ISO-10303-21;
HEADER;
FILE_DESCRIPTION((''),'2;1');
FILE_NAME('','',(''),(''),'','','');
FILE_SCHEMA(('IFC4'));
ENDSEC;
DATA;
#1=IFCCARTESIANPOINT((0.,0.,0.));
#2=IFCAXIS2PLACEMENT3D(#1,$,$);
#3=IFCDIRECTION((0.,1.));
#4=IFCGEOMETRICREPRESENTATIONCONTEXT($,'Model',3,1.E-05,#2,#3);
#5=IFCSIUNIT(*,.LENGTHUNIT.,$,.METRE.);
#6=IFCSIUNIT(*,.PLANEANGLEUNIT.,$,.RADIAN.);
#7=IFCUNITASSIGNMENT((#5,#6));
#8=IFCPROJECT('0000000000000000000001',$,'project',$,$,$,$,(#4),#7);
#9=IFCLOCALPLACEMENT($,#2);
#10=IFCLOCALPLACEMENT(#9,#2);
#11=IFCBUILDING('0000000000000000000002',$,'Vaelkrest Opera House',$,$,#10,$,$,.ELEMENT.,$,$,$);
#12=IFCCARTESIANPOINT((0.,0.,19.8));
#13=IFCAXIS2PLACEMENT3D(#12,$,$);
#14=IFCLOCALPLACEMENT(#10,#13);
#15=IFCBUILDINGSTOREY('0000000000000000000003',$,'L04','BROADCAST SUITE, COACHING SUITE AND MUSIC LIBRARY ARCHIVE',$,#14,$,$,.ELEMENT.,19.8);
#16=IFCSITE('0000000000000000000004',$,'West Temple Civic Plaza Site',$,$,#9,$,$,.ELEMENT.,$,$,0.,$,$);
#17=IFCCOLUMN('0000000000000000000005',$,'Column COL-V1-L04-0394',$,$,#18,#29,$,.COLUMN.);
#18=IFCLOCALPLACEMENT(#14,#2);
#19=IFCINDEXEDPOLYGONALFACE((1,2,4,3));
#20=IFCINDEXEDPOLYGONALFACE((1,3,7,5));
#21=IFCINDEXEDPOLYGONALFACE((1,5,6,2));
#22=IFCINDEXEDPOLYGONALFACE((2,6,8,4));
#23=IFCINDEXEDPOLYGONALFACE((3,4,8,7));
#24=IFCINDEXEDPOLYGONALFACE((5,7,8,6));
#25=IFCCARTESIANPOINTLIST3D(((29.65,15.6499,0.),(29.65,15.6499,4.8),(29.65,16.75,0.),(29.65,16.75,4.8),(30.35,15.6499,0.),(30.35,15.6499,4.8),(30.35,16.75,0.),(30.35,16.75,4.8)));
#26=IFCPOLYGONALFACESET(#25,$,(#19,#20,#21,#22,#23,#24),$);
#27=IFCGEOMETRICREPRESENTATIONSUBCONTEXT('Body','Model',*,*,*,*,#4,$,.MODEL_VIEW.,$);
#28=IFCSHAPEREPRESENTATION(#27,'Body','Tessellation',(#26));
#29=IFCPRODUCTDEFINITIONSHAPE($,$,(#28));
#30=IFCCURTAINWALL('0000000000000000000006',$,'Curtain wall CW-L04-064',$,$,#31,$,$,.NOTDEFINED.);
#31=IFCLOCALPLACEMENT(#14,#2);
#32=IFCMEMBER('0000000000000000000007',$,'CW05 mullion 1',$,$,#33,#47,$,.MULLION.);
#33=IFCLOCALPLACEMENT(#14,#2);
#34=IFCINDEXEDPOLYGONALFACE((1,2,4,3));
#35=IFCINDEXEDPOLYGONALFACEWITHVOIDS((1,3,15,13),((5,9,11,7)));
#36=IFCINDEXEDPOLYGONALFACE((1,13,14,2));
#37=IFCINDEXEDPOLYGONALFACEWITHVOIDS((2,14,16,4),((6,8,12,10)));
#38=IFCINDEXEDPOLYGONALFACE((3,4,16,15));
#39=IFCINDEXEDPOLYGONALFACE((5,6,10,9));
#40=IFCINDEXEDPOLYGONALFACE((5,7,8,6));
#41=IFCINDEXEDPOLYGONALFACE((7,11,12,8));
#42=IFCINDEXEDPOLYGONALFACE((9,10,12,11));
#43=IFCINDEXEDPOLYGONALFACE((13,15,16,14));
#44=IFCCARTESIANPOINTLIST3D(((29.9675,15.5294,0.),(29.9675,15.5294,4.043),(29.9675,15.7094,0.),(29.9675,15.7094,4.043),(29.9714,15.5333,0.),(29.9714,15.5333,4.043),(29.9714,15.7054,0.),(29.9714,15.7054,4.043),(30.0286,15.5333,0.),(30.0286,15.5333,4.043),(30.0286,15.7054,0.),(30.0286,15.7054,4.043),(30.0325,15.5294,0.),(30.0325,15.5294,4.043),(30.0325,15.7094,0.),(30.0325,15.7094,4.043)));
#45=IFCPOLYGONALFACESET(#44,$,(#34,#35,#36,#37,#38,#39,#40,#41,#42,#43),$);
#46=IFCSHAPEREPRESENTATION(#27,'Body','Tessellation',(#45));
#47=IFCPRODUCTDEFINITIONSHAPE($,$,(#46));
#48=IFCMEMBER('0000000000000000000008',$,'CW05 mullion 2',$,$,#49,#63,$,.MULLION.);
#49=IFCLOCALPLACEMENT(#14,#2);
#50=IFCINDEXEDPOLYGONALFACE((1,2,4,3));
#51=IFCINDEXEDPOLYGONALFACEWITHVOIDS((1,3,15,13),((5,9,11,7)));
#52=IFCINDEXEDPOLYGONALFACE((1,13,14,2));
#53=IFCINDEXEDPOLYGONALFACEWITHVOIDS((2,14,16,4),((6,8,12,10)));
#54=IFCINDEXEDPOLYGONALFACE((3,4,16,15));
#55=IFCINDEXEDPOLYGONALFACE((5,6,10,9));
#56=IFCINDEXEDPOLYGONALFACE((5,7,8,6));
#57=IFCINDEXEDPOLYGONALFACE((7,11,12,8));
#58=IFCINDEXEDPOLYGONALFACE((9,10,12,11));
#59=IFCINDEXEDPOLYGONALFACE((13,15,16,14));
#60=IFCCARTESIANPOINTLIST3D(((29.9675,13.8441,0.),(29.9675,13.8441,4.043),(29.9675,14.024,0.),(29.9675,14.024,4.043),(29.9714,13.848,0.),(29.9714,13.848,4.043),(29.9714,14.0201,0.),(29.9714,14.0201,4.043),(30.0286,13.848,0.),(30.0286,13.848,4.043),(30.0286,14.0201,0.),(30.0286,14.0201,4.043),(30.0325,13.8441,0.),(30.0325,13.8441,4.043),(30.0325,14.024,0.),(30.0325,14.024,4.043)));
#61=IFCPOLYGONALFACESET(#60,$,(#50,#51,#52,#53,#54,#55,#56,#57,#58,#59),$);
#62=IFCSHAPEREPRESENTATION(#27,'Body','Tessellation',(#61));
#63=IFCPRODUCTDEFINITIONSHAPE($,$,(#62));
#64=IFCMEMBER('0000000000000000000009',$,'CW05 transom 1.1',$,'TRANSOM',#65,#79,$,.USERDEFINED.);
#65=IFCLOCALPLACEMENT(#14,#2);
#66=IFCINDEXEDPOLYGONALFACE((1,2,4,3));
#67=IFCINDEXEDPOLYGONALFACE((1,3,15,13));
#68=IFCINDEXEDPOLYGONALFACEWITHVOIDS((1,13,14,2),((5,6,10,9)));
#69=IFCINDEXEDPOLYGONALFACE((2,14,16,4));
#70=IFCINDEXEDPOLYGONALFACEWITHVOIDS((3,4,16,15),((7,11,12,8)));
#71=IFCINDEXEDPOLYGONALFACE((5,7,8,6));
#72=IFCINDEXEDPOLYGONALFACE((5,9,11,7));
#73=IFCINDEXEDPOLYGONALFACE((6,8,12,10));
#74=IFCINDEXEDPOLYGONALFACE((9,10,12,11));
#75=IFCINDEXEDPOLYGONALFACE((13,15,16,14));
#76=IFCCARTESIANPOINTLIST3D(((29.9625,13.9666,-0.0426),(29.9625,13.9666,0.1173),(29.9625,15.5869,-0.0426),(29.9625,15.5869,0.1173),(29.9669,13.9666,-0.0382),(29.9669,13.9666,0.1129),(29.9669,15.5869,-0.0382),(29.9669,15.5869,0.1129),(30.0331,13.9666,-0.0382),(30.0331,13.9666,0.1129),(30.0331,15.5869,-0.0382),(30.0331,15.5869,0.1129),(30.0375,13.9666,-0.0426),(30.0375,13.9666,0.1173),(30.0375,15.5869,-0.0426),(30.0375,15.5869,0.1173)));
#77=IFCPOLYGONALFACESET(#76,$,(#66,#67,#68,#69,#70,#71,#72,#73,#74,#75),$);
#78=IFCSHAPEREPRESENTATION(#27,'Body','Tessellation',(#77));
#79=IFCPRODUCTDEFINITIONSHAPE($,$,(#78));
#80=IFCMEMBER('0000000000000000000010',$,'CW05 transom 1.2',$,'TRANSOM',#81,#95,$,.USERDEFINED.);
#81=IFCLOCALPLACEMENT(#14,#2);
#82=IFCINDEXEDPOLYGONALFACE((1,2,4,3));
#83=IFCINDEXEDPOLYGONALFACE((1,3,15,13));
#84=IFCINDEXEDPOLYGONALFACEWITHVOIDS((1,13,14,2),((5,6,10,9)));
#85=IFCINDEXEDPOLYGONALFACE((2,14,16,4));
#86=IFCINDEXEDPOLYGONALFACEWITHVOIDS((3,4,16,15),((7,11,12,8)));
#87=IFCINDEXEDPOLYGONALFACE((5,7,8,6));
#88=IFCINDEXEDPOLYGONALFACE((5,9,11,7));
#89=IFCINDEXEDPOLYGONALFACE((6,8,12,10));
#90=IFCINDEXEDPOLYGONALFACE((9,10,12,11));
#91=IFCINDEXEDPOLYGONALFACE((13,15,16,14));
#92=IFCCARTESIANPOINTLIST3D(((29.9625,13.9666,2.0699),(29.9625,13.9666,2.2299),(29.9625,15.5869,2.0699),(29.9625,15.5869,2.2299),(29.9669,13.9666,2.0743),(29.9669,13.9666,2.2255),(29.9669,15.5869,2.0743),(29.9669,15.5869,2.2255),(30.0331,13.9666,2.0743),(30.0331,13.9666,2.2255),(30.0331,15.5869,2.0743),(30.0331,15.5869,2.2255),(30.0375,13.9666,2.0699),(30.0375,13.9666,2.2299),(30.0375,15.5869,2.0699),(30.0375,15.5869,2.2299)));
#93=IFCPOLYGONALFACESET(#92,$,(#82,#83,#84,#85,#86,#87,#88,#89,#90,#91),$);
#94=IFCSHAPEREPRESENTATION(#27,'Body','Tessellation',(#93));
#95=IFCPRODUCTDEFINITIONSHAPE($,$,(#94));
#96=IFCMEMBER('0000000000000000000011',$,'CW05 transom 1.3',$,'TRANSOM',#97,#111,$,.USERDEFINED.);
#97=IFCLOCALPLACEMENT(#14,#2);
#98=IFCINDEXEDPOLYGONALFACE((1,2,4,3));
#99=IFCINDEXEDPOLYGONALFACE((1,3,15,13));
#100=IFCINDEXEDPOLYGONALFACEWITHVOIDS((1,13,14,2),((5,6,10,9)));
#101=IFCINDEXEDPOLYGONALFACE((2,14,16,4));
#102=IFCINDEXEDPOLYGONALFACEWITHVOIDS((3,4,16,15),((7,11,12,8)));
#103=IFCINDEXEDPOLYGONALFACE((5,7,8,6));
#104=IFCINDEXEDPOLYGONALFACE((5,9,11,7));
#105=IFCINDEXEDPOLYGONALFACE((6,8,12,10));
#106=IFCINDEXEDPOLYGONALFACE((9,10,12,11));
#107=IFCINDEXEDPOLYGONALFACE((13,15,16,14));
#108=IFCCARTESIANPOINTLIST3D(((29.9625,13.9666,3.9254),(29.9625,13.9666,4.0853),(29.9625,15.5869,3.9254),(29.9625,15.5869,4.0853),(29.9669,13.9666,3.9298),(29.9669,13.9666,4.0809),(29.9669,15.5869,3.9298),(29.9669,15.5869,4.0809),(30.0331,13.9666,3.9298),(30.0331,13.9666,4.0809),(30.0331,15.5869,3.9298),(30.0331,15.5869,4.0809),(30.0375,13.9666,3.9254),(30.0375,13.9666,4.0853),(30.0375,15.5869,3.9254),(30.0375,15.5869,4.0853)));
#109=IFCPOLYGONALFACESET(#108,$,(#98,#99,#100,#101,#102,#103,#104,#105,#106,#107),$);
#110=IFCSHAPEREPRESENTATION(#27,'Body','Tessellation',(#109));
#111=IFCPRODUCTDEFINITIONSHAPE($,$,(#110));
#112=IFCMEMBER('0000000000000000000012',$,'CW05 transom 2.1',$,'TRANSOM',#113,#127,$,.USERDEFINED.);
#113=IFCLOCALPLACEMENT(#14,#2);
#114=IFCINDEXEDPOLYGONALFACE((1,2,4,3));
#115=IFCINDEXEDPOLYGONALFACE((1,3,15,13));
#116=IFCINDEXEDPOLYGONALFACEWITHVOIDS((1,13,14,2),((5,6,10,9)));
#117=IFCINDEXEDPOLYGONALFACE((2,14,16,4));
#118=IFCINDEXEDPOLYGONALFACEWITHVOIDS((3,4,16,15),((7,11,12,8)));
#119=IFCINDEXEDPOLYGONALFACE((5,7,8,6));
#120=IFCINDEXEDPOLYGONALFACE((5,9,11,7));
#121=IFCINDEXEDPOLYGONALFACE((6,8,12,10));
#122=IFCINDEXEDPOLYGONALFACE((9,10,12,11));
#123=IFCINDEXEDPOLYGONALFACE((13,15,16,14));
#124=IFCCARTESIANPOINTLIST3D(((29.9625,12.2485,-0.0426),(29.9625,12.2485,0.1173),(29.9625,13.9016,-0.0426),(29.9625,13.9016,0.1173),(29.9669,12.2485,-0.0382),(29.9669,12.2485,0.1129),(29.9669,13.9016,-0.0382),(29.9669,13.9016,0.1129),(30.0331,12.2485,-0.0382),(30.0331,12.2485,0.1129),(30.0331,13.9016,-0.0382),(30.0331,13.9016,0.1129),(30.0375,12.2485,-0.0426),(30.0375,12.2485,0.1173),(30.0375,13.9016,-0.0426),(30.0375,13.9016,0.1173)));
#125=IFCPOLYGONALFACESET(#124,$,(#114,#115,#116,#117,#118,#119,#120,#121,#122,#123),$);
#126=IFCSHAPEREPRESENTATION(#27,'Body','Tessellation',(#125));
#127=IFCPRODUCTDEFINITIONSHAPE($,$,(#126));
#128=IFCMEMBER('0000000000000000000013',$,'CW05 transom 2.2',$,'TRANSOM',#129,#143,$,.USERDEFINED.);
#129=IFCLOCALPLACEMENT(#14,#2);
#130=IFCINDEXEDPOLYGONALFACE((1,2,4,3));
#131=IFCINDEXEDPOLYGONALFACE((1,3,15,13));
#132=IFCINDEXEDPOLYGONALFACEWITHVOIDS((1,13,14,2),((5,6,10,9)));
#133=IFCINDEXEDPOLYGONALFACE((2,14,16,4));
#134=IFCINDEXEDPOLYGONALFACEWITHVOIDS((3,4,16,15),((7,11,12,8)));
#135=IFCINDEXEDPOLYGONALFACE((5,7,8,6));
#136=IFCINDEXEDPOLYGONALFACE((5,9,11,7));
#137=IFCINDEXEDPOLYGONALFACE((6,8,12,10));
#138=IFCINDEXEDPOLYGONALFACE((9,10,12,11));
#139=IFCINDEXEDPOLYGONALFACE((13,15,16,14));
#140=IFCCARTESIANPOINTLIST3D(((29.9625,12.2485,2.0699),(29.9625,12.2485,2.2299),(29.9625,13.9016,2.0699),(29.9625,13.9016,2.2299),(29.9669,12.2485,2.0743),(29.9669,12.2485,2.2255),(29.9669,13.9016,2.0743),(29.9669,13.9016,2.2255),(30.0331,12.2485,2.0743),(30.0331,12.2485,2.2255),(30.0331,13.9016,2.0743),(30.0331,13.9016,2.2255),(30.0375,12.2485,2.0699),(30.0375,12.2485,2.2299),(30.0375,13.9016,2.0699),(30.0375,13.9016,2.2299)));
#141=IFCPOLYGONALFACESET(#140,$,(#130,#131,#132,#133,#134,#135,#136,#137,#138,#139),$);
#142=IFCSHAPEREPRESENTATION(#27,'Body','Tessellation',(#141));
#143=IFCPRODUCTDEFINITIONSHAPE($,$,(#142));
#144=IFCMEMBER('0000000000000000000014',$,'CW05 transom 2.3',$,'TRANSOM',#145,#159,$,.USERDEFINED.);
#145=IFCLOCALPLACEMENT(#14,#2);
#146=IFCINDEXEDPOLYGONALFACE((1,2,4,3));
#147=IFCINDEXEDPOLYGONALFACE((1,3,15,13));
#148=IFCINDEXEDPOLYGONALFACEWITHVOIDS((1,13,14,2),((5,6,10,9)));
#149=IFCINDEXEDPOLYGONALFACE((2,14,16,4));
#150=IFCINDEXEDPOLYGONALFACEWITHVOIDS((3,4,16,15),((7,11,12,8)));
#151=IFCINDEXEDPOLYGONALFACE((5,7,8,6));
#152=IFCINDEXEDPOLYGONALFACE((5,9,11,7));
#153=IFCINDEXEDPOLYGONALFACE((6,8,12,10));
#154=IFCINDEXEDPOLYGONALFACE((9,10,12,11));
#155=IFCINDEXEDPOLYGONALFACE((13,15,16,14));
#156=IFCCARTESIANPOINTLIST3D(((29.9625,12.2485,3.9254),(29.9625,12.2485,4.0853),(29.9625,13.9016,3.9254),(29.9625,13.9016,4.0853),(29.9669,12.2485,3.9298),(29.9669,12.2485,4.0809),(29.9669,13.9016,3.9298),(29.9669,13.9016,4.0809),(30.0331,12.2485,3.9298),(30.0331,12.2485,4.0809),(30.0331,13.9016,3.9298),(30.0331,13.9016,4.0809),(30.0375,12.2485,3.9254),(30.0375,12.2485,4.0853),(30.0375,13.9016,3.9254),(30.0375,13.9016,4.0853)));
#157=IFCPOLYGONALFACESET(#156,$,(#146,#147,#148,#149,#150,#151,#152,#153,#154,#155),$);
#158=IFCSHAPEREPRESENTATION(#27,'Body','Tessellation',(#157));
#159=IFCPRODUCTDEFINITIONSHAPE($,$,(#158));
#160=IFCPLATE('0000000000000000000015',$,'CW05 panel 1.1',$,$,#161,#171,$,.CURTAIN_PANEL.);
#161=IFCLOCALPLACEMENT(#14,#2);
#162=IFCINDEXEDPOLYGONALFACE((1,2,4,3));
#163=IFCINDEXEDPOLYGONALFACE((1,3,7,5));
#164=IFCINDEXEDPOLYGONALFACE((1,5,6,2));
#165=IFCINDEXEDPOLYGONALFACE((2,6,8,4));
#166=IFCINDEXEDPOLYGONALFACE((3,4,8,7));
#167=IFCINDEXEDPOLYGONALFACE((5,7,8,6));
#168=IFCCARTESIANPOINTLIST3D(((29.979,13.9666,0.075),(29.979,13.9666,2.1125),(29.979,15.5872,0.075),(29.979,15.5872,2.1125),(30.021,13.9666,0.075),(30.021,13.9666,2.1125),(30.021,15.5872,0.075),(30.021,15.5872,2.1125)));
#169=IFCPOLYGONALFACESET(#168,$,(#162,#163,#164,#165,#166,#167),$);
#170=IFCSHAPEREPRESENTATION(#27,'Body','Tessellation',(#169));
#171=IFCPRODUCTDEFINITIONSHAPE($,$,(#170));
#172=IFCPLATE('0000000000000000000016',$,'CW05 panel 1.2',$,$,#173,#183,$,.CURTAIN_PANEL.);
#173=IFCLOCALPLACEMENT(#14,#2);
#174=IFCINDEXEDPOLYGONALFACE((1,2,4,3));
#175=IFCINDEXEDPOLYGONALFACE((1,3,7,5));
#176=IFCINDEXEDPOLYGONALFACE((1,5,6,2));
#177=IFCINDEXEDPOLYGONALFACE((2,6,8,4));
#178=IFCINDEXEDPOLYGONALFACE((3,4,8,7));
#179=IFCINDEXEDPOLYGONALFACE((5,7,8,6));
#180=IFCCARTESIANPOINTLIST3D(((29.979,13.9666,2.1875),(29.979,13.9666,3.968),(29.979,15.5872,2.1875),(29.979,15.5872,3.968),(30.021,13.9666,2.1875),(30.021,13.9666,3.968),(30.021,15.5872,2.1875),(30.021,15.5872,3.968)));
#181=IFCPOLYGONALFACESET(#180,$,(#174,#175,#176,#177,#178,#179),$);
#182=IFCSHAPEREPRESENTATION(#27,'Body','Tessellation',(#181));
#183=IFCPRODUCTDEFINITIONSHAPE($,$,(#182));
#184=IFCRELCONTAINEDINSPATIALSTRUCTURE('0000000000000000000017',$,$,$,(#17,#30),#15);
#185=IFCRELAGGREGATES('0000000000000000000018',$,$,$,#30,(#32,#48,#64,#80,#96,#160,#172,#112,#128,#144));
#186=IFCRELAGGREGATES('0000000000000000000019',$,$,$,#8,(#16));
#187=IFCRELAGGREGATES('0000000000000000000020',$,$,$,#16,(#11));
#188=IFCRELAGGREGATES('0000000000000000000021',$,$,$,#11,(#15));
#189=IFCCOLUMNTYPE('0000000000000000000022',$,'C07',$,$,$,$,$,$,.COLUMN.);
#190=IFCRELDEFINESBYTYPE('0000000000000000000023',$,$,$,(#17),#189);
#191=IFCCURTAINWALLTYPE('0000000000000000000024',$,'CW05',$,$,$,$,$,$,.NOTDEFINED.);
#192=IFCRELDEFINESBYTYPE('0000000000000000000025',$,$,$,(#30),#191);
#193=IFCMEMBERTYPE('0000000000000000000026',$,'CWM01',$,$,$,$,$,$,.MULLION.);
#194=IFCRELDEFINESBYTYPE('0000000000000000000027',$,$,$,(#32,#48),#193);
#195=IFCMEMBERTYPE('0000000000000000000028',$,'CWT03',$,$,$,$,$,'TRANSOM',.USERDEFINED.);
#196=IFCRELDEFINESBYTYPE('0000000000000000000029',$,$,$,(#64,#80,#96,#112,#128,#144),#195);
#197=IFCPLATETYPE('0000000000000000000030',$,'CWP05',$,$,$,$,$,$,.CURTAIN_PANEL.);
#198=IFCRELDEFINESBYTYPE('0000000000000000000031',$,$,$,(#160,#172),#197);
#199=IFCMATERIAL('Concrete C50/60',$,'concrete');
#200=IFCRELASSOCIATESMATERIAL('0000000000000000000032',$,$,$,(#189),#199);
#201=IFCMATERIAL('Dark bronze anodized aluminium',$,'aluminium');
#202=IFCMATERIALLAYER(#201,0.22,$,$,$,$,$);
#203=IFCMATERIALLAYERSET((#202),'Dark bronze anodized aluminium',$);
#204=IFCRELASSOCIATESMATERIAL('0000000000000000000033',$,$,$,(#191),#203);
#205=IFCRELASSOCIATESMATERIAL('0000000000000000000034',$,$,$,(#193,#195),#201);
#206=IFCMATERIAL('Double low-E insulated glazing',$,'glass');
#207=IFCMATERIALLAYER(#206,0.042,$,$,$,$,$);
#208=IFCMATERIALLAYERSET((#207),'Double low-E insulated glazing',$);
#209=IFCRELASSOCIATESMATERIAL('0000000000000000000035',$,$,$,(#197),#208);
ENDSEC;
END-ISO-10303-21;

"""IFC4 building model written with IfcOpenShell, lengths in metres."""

from ifc_helpers import new_model, si_unit, direction, frame, origin, origin_2d, place, context, subcontext, project, spatial, rectangle, hollow_rectangle, extrude, material, layer, layer_set, material_profile, profile_set, type_object, element, aggregate, save


model = new_model("IFC4")

# Units and contexts
model_context = context("Model", 3, precision=1e-05, world=origin(), true_north=direction((0.0, 1.0)))
body_context = subcontext(model_context, "Body", "Model", "MODEL_VIEW")
ifc_project = project(units=[si_unit("LENGTHUNIT", "METRE"), si_unit("PLANEANGLEUNIT", "RADIAN")], contexts=[model_context])

# Site, building, storey
site_placement = place(None, origin())
site = spatial("IfcSite", under=ifc_project, at=site_placement, Name="West Temple Civic Plaza Site", CompositionType="ELEMENT", RefElevation=0.0)
building_placement = place(site_placement, origin())
building = spatial("IfcBuilding", under=site, at=building_placement, Name="Vaelkrest Opera House", CompositionType="ELEMENT")
storey_placement = place(building_placement, frame((0.0, 0.0, 19.8)))
storey = spatial("IfcBuildingStorey", under=building, at=storey_placement, Name="L04", Description="BROADCAST SUITE, COACHING SUITE AND MUSIC LIBRARY ARCHIVE", CompositionType="ELEMENT", Elevation=19.8)

# Column
ifc_material_1 = material(Name="Concrete C50/60", Category="concrete")
ifc_material_profile_1 = material_profile(ifc_material_1, rectangle(XDim=0.7, YDim=1.1001, at=origin_2d()), Name="RC700X1100")
ifc_profile_set_1 = profile_set([ifc_material_profile_1], Name="Concrete C50/60")
column_type = type_object("IfcColumnType", Name="C07", PredefinedType="COLUMN", material=ifc_profile_set_1)
column_placement = place(storey_placement, frame((30.0, 16.2, 0.0), z_axis=(0.0, 0.0, 1.0), x_axis=(1.0, 0.0, 0.0)))
element("IfcColumn", 1, at=column_placement, inside=storey, type_object=column_type, Name="Column COL-V1-L04-0394", PredefinedType="COLUMN", context=body_context, shape_type="SweptSolid", body=[
    extrude(rectangle(XDim=0.7, YDim=1.1001, at=origin_2d()), origin(), (0.0, 0.0, 1.0), 4.8),
])

# Curtain wall, members, plates
ifc_material_2 = material(Name="Dark bronze anodized aluminium", Category="aluminium")
ifc_layer_1 = layer(ifc_material_2, 0.22)
ifc_layer_set_1 = layer_set([ifc_layer_1], Name="Dark bronze anodized aluminium")
curtain_wall_type = type_object("IfcCurtainWallType", Name="CW05", PredefinedType="NOTDEFINED", material=ifc_layer_set_1)
curtain_wall_placement = place(storey_placement, origin())
curtain_wall = element("IfcCurtainWall", 2, at=curtain_wall_placement, inside=storey, type_object=curtain_wall_type, Name="Curtain wall CW-L04-064", PredefinedType="NOTDEFINED")
ifc_material_profile_2 = material_profile(ifc_material_2, hollow_rectangle(XDim=0.0649, YDim=0.1799, WallThickness=0.0039, at=origin_2d()), Name="CWM65X180")
ifc_profile_set_2 = profile_set([ifc_material_profile_2], Name="Dark bronze anodized aluminium")
member_type_1 = type_object("IfcMemberType", Name="CWM01", PredefinedType="MULLION", material=ifc_profile_set_2)
member_1_placement = place(storey_placement, frame((30.0, 15.6194, 0.0), z_axis=(0.0, 0.0, 1.0), x_axis=(1.0, 0.0, 0.0)))
member_1 = element("IfcMember", 3, at=member_1_placement, type_object=member_type_1, Name="CW05 mullion 1", PredefinedType="MULLION", context=body_context, shape_type="SweptSolid", body=[
    extrude(hollow_rectangle(XDim=0.0649, YDim=0.1799, WallThickness=0.0039, at=origin_2d()), origin(), (0.0, 0.0, 1.0), 4.043),
])
member_2_placement = place(storey_placement, frame((30.0, 13.9341, 0.0), z_axis=(0.0, 0.0, 1.0), x_axis=(1.0, 0.0, 0.0)))
member_2 = element("IfcMember", 4, at=member_2_placement, type_object=member_type_1, Name="CW05 mullion 2", PredefinedType="MULLION", context=body_context, shape_type="SweptSolid", body=[
    extrude(hollow_rectangle(XDim=0.0649, YDim=0.1799, WallThickness=0.0039, at=origin_2d()), origin(), (0.0, 0.0, 1.0), 4.043),
])
ifc_material_profile_3 = material_profile(ifc_material_2, hollow_rectangle(XDim=0.075, YDim=0.1599, WallThickness=0.0044, at=origin_2d()), Name="CWT75X160")
ifc_profile_set_3 = profile_set([ifc_material_profile_3], Name="Dark bronze anodized aluminium")
member_type_2 = type_object("IfcMemberType", Name="CWT03", ElementType="TRANSOM", PredefinedType="USERDEFINED", material=ifc_profile_set_3)
member_3_placement = place(storey_placement, frame((30.0, 15.5869, 0.0374), z_axis=(0.0, -1.0, 0.0), x_axis=(1.0, 0.0, 0.0)))
member_3 = element("IfcMember", 5, at=member_3_placement, type_object=member_type_2, Name="CW05 transom 1.1", ObjectType="TRANSOM", PredefinedType="USERDEFINED", context=body_context, shape_type="SweptSolid", body=[
    extrude(hollow_rectangle(XDim=0.075, YDim=0.1599, WallThickness=0.0044, at=origin_2d()), origin(), (0.0, 0.0, 1.0), 1.6204),
])
member_4_placement = place(storey_placement, frame((30.0, 15.5869, 2.1499), z_axis=(0.0, -1.0, 0.0), x_axis=(1.0, 0.0, 0.0)))
member_4 = element("IfcMember", 6, at=member_4_placement, type_object=member_type_2, Name="CW05 transom 1.2", ObjectType="TRANSOM", PredefinedType="USERDEFINED", context=body_context, shape_type="SweptSolid", body=[
    extrude(hollow_rectangle(XDim=0.075, YDim=0.1599, WallThickness=0.0044, at=origin_2d()), origin(), (0.0, 0.0, 1.0), 1.6204),
])
member_5_placement = place(storey_placement, frame((30.0, 15.5869, 4.0054), z_axis=(0.0, -1.0, 0.0), x_axis=(1.0, 0.0, 0.0)))
member_5 = element("IfcMember", 7, at=member_5_placement, type_object=member_type_2, Name="CW05 transom 1.3", ObjectType="TRANSOM", PredefinedType="USERDEFINED", context=body_context, shape_type="SweptSolid", body=[
    extrude(hollow_rectangle(XDim=0.075, YDim=0.1599, WallThickness=0.0044, at=origin_2d()), origin(), (0.0, 0.0, 1.0), 1.6204),
])
member_6_placement = place(storey_placement, frame((30.0, 13.9016, 0.0374), z_axis=(0.0, -1.0, 0.0), x_axis=(1.0, 0.0, 0.0)))
member_6 = element("IfcMember", 8, at=member_6_placement, type_object=member_type_2, Name="CW05 transom 2.1", ObjectType="TRANSOM", PredefinedType="USERDEFINED", context=body_context, shape_type="SweptSolid", body=[
    extrude(hollow_rectangle(XDim=0.075, YDim=0.1599, WallThickness=0.0044, at=origin_2d()), origin(), (0.0, 0.0, 1.0), 1.6531),
])
member_7_placement = place(storey_placement, frame((30.0, 13.9016, 2.1499), z_axis=(0.0, -1.0, 0.0), x_axis=(1.0, 0.0, 0.0)))
member_7 = element("IfcMember", 9, at=member_7_placement, type_object=member_type_2, Name="CW05 transom 2.2", ObjectType="TRANSOM", PredefinedType="USERDEFINED", context=body_context, shape_type="SweptSolid", body=[
    extrude(hollow_rectangle(XDim=0.075, YDim=0.1599, WallThickness=0.0044, at=origin_2d()), origin(), (0.0, 0.0, 1.0), 1.6531),
])
member_8_placement = place(storey_placement, frame((30.0, 13.9016, 4.0054), z_axis=(0.0, -1.0, 0.0), x_axis=(1.0, 0.0, 0.0)))
member_8 = element("IfcMember", 10, at=member_8_placement, type_object=member_type_2, Name="CW05 transom 2.3", ObjectType="TRANSOM", PredefinedType="USERDEFINED", context=body_context, shape_type="SweptSolid", body=[
    extrude(hollow_rectangle(XDim=0.075, YDim=0.1599, WallThickness=0.0044, at=origin_2d()), origin(), (0.0, 0.0, 1.0), 1.6531),
])
ifc_material_3 = material(Name="Double low-E insulated glazing", Category="glass")
ifc_layer_2 = layer(ifc_material_3, 0.042)
ifc_layer_set_2 = layer_set([ifc_layer_2], Name="Double low-E insulated glazing")
plate_type = type_object("IfcPlateType", Name="CWP05", PredefinedType="CURTAIN_PANEL", material=ifc_layer_set_2)
plate_1_placement = place(storey_placement, frame((30.0, 14.7769, 0.075), z_axis=(0.0, 0.0, 1.0), x_axis=(0.0, -1.0, 0.0)))
plate_1 = element("IfcPlate", 11, at=plate_1_placement, type_object=plate_type, Name="CW05 panel 1.1", PredefinedType="CURTAIN_PANEL", context=body_context, shape_type="SweptSolid", body=[
    extrude(rectangle(XDim=1.6206, YDim=0.042, at=origin_2d()), origin(), (0.0, 0.0, 1.0), 2.0376),
])
plate_2_placement = place(storey_placement, frame((30.0, 14.7769, 2.1875), z_axis=(0.0, 0.0, 1.0), x_axis=(0.0, -1.0, 0.0)))
plate_2 = element("IfcPlate", 12, at=plate_2_placement, type_object=plate_type, Name="CW05 panel 1.2", PredefinedType="CURTAIN_PANEL", context=body_context, shape_type="SweptSolid", body=[
    extrude(rectangle(XDim=1.6206, YDim=0.042, at=origin_2d()), origin(), (0.0, 0.0, 1.0), 1.7805),
])
aggregate(curtain_wall, [member_1, member_2, member_3, member_4, member_5, plate_1, plate_2, member_6, member_7, member_8])

save(model, "model.ifc")
